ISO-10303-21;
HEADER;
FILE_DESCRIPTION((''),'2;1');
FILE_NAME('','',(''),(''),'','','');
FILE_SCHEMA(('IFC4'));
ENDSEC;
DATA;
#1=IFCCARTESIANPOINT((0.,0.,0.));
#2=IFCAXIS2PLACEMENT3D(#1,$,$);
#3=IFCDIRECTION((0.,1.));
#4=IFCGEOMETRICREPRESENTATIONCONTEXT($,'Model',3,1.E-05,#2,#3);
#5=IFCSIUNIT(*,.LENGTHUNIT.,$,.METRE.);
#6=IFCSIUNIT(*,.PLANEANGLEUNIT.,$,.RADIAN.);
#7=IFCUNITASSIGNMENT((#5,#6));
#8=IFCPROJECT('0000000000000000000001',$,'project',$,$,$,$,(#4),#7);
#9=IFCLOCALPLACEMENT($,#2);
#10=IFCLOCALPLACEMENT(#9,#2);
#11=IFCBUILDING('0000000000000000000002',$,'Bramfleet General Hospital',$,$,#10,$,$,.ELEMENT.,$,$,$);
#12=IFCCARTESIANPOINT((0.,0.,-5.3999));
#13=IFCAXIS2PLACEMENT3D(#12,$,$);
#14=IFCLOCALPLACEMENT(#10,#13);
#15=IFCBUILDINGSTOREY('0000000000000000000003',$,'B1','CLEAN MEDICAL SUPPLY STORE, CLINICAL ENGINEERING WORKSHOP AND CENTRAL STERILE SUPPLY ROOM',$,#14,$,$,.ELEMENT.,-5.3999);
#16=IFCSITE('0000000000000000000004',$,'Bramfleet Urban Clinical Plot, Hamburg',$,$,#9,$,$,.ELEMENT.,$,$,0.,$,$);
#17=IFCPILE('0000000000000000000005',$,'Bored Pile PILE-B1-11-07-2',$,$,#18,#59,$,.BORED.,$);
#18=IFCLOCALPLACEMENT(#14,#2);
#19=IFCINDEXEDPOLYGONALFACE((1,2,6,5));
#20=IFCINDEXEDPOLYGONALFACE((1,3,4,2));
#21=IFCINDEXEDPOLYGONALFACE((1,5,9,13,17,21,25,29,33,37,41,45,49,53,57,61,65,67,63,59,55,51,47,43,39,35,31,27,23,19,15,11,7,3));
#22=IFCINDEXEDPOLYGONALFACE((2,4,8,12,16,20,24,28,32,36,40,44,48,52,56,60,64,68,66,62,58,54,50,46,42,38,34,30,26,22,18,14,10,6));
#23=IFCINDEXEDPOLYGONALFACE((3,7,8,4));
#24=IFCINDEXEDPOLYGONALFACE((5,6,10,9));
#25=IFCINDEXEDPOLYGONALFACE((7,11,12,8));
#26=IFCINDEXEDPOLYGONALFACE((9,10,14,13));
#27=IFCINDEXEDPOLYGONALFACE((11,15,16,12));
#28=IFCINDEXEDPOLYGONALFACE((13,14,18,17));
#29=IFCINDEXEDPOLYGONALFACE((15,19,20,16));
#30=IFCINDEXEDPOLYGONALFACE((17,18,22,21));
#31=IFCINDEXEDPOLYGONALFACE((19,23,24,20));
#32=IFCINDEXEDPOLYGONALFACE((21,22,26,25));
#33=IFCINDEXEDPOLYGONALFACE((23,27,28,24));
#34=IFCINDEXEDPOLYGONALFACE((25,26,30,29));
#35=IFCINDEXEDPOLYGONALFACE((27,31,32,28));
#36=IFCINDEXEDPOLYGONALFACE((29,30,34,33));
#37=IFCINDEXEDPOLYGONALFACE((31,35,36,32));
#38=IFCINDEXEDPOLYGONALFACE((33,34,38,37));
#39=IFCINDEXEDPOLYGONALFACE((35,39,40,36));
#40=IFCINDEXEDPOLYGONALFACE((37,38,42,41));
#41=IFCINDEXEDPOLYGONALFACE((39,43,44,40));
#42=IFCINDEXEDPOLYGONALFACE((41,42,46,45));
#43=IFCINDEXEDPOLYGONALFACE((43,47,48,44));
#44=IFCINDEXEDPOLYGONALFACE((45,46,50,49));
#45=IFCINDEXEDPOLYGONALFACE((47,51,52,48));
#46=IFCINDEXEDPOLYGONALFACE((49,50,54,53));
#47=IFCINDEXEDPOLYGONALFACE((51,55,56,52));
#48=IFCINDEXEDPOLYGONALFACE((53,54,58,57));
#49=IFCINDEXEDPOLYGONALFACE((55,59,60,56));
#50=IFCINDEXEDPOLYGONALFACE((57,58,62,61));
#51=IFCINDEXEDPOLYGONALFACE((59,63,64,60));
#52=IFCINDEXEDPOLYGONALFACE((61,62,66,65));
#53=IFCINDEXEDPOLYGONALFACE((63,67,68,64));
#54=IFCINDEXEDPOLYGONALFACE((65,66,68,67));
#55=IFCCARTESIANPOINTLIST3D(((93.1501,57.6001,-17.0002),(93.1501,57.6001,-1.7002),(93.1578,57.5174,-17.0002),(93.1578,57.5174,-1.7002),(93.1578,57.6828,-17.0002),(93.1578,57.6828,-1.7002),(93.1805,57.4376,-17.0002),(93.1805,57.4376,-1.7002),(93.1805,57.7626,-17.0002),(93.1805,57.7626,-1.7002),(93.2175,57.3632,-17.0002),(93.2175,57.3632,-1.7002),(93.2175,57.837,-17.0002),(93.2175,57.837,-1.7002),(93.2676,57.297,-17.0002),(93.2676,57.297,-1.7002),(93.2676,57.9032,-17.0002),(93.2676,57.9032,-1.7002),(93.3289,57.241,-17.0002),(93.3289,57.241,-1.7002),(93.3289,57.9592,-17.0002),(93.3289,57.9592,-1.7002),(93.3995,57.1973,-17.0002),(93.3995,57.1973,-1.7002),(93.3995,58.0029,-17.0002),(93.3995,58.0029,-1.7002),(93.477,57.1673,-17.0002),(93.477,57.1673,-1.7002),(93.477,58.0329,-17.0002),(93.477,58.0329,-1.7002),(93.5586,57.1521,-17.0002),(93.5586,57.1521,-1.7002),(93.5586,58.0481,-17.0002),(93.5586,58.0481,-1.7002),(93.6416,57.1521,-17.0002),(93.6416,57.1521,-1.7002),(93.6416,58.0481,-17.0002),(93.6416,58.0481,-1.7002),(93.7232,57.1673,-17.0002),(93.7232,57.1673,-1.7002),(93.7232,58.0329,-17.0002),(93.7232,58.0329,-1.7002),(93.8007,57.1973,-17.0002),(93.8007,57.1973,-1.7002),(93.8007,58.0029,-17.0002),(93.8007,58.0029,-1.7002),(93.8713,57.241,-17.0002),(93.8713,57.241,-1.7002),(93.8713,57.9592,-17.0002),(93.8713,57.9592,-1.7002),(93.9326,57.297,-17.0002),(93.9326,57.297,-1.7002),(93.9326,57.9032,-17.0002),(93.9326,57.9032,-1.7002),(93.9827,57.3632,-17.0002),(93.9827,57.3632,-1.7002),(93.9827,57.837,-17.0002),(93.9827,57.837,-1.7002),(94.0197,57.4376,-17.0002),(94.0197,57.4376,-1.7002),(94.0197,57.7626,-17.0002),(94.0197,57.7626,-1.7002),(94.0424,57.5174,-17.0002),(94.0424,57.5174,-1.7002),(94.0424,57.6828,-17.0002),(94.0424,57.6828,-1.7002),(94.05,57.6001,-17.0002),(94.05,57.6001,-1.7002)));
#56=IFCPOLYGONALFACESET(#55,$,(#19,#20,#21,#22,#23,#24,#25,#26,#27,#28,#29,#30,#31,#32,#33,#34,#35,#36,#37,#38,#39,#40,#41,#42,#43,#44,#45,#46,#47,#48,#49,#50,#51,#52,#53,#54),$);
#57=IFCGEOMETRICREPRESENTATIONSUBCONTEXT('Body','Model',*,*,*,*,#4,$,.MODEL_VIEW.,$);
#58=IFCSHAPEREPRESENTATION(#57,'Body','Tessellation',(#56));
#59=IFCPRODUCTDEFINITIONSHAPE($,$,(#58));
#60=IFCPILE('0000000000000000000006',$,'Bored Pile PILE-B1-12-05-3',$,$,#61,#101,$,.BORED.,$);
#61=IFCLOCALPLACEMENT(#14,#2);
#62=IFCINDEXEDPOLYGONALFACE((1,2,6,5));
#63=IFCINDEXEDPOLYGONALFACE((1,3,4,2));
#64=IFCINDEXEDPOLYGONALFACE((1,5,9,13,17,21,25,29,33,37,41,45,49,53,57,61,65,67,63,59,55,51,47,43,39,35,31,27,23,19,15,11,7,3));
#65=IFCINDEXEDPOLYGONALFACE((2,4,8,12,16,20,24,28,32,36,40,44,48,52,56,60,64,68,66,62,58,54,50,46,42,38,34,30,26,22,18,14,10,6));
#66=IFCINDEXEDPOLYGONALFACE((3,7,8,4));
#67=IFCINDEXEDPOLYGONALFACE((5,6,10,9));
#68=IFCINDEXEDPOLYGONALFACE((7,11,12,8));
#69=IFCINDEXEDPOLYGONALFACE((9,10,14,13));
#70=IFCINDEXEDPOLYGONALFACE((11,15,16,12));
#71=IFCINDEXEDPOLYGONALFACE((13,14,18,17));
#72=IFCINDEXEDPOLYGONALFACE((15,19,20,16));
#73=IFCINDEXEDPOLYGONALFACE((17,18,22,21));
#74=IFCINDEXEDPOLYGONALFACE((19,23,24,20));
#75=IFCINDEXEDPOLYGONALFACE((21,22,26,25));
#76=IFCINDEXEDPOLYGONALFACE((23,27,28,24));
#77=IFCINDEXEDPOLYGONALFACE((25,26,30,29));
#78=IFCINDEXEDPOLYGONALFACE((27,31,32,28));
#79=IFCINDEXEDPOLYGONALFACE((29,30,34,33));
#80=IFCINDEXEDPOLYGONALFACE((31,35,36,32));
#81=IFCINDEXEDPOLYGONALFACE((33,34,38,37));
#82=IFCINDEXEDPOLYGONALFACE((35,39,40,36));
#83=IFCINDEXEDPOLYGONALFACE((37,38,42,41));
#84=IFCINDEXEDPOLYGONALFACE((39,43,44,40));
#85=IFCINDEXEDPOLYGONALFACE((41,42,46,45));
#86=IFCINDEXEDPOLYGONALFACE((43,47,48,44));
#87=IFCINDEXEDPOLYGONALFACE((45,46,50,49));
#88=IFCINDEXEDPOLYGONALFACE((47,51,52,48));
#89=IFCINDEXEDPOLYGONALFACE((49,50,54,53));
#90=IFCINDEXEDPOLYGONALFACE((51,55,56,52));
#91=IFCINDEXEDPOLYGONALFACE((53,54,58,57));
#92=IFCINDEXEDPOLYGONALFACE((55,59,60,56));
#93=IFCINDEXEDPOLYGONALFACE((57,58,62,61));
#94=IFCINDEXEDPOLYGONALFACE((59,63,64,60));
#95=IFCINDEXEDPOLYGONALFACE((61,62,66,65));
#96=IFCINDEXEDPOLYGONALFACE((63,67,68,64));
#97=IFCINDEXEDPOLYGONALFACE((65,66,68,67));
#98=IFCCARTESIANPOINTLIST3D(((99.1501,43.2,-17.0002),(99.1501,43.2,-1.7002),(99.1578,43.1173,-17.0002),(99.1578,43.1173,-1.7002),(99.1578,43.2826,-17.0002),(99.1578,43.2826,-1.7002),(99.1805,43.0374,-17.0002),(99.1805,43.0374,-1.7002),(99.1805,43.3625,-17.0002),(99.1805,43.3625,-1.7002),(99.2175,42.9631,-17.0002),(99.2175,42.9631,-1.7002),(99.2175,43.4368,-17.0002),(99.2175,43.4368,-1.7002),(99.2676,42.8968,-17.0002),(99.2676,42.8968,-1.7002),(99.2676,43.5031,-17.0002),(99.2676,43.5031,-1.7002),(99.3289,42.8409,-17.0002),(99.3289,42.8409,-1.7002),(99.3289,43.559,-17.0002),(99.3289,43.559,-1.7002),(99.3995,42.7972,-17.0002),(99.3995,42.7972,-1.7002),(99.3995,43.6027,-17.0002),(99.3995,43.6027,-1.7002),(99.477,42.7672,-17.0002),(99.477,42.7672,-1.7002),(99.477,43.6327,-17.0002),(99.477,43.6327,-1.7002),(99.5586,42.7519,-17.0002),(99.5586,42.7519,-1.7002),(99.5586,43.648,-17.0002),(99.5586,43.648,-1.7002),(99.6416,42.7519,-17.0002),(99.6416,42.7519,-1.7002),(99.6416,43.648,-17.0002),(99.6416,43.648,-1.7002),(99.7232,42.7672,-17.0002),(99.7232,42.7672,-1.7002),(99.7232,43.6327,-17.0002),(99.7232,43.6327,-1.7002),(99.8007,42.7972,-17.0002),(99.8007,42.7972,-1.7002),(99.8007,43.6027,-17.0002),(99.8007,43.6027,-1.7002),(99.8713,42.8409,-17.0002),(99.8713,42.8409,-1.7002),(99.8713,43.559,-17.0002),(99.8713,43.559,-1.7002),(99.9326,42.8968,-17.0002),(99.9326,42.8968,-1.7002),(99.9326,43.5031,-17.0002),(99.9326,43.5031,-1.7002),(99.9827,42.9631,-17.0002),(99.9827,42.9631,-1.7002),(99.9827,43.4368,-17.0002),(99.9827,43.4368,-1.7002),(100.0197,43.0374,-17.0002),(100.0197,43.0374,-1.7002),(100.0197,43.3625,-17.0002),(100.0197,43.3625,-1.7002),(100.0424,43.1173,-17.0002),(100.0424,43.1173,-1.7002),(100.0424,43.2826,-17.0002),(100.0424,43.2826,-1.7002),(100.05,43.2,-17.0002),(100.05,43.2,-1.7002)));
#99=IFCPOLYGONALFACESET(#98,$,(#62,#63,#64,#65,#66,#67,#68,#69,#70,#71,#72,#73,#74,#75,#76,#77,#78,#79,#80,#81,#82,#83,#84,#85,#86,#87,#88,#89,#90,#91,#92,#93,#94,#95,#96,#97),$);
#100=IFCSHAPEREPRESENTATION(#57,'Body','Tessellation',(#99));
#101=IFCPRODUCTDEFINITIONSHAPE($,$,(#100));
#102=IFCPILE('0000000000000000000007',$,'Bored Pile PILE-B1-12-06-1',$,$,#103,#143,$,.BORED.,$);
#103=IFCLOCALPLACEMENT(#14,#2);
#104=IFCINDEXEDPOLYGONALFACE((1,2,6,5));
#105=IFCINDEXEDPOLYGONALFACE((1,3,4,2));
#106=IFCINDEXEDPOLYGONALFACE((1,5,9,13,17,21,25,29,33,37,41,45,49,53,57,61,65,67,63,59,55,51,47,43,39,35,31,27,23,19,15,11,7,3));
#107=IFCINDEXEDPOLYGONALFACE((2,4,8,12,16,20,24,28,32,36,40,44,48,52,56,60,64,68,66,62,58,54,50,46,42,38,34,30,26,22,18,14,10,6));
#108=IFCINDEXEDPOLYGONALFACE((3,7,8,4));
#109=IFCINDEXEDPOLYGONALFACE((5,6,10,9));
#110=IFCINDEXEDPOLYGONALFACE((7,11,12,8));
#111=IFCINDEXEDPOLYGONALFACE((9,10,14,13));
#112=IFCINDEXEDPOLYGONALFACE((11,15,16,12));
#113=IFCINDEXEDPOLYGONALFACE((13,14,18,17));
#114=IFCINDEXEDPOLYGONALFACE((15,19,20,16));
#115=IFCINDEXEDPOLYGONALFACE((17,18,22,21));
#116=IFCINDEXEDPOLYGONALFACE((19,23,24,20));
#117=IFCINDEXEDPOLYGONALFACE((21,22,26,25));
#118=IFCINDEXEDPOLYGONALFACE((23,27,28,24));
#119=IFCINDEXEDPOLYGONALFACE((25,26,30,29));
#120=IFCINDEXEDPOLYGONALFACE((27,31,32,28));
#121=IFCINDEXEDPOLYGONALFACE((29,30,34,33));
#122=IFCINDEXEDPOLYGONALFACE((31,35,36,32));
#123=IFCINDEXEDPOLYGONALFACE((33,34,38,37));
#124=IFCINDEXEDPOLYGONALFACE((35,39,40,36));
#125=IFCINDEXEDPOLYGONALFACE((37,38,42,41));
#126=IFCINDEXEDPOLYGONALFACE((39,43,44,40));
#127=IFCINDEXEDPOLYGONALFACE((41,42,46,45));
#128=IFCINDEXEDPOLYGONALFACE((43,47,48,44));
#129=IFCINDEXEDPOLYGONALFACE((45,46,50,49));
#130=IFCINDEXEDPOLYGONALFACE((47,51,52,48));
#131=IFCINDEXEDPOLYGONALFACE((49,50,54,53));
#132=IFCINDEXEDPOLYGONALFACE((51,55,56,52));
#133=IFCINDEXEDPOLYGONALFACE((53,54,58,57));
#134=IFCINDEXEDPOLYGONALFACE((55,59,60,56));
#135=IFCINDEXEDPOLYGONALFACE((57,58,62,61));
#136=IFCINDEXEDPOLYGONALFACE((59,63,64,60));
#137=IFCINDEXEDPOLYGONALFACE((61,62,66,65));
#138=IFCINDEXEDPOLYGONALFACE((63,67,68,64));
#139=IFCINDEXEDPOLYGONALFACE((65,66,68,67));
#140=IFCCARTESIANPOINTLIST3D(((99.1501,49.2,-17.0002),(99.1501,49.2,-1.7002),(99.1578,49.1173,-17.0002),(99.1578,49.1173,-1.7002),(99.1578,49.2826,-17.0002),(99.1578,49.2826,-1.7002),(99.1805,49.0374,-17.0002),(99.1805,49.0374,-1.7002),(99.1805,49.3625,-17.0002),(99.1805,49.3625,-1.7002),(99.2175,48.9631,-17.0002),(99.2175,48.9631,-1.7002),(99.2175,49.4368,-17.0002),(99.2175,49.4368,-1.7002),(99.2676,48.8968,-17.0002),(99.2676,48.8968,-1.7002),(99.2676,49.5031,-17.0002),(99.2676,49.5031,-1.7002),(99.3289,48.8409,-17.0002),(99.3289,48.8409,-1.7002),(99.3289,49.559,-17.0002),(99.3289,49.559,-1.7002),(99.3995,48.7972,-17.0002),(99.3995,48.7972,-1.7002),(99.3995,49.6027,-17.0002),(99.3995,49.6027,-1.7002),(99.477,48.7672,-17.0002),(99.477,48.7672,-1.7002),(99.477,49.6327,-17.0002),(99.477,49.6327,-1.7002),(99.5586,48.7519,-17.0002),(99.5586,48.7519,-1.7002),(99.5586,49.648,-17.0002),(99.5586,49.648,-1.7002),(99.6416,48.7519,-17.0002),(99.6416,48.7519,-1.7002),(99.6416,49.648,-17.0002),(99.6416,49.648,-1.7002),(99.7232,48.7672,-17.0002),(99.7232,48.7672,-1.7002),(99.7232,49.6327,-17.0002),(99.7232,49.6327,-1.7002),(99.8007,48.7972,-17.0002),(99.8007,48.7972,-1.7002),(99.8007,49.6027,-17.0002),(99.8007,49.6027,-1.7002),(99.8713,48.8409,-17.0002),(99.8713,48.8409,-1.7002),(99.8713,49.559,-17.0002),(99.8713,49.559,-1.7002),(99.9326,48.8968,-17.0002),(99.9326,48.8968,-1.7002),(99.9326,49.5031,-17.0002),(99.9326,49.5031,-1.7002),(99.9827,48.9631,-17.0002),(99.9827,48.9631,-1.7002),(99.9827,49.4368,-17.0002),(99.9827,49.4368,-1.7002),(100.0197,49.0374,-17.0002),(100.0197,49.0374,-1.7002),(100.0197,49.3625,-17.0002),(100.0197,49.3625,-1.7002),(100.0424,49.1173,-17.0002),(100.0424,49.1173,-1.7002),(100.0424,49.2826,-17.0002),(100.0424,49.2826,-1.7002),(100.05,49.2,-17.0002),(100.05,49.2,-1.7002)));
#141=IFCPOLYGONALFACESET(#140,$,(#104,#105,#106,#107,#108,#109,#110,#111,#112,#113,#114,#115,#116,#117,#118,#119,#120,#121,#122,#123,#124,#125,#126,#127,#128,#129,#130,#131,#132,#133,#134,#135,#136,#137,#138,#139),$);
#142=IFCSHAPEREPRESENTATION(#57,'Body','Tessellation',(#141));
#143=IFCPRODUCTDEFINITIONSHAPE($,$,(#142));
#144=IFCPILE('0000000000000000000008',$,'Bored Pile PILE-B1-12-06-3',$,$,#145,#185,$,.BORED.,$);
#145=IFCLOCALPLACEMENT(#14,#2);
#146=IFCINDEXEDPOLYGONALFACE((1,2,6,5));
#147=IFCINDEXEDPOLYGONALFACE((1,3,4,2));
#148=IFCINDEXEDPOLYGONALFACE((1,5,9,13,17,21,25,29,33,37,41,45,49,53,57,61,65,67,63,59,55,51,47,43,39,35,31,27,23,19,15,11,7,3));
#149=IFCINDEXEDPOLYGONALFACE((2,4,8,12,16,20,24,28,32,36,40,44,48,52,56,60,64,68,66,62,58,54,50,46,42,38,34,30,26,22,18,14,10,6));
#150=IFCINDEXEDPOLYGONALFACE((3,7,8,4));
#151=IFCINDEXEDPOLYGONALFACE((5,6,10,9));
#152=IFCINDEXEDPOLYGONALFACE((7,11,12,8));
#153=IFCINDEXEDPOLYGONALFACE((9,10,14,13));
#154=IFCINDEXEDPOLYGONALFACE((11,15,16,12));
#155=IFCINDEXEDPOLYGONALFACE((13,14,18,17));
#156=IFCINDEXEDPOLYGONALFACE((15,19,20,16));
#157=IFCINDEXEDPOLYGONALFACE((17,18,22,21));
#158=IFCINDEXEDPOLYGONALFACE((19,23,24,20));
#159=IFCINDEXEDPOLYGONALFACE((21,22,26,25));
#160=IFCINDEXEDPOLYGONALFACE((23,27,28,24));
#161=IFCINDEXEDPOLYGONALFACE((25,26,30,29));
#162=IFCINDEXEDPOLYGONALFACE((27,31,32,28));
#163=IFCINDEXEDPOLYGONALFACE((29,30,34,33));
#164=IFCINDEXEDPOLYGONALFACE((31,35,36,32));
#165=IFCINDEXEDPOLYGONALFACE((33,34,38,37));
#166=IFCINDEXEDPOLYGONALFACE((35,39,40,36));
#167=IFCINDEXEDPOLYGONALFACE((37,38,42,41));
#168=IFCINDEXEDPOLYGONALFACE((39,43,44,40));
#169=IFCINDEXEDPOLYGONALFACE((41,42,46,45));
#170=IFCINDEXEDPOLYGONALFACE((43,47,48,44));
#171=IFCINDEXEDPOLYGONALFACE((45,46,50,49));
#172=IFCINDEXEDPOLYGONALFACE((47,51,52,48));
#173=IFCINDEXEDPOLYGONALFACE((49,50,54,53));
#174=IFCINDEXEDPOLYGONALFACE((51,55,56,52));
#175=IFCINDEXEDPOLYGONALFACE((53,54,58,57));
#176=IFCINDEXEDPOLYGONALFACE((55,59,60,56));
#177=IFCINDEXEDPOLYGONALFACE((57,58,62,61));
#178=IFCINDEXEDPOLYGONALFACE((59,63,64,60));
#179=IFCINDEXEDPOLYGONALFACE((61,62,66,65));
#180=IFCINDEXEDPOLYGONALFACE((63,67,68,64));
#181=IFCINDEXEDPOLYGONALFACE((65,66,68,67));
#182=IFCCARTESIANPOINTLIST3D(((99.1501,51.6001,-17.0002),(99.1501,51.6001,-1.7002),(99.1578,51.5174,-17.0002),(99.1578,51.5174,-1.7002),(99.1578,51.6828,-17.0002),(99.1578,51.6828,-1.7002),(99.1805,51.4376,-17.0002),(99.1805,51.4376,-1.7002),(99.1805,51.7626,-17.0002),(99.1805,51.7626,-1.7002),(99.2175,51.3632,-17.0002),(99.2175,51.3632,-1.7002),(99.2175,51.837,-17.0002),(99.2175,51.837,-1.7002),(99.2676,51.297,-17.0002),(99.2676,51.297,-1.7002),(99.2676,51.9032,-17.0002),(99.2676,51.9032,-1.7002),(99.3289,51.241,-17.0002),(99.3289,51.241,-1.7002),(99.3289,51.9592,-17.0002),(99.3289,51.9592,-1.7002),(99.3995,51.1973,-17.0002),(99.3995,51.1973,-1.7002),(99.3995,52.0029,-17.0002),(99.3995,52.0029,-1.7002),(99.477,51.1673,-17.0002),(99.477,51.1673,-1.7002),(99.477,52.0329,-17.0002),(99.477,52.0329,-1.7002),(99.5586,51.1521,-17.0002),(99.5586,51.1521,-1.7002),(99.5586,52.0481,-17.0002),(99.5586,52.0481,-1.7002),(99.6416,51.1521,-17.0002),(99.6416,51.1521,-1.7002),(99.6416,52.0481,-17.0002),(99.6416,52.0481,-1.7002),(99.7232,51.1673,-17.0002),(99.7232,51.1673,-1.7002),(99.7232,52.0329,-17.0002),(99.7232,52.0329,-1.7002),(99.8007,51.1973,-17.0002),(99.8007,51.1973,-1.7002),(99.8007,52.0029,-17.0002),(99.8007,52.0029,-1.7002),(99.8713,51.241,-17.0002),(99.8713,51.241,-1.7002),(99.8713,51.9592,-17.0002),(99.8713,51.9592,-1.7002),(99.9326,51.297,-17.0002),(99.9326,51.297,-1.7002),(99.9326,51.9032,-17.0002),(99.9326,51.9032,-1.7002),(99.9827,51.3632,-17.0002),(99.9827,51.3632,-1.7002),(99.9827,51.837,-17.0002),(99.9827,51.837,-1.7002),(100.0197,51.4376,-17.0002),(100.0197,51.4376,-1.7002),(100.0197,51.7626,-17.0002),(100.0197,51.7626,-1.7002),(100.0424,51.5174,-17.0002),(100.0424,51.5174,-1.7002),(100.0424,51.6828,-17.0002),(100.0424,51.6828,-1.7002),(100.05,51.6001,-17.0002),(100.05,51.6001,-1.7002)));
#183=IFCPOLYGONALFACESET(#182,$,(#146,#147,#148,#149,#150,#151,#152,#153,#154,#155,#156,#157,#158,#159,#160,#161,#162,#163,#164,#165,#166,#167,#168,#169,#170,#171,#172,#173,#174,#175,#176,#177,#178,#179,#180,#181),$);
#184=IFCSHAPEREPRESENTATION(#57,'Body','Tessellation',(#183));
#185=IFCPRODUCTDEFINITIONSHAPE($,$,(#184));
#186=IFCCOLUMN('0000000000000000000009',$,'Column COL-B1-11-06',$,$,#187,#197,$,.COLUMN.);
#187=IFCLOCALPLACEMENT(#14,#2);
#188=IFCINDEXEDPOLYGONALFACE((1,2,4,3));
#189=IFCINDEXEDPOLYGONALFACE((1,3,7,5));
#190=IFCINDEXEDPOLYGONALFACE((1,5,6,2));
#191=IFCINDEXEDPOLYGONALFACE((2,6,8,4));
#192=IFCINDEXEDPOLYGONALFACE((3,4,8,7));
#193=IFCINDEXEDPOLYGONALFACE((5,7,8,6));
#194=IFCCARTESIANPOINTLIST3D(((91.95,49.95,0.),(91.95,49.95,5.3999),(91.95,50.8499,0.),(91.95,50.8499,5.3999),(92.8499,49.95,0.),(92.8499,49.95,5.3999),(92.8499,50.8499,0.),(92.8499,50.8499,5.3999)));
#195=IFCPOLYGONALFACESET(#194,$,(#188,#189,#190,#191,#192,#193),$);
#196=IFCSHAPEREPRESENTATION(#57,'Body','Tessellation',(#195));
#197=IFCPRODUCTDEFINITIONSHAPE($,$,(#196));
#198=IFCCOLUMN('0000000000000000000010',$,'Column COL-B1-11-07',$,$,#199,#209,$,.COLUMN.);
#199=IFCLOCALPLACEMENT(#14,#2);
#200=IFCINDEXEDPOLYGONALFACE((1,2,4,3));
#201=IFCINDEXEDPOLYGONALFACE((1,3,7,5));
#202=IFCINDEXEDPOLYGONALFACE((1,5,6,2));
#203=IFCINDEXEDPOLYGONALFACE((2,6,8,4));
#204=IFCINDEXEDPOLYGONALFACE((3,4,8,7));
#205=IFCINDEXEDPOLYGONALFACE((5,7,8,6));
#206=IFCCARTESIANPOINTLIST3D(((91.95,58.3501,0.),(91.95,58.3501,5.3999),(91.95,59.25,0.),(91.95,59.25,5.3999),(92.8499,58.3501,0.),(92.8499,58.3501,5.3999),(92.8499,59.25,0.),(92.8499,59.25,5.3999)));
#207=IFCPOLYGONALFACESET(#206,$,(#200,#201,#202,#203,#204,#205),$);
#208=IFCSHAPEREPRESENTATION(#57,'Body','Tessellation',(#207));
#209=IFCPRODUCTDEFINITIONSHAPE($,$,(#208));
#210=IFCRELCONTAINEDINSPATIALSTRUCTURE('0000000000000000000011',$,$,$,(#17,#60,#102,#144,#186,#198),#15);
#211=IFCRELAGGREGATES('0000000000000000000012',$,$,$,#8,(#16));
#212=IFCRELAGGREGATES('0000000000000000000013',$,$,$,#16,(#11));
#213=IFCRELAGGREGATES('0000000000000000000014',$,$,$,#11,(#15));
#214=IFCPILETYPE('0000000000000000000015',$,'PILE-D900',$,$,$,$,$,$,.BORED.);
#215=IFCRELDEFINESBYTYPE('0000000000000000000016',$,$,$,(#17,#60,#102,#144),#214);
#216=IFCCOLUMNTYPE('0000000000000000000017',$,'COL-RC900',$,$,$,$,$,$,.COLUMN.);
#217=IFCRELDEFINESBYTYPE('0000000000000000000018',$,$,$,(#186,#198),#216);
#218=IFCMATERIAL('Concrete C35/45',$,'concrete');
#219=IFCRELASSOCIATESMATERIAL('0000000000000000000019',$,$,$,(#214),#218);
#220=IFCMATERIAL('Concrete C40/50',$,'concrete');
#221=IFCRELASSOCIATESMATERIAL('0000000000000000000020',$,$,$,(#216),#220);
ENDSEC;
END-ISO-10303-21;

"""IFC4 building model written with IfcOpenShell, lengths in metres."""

from ifc_helpers import new_model, si_unit, direction, frame, origin, origin_2d, place, context, subcontext, project, spatial, rectangle, circle, extrude, material, material_profile, profile_set, type_object, element, save


model = new_model("IFC4")

# Units and contexts
model_context = context("Model", 3, precision=1e-05, world=origin(), true_north=direction((0.0, 1.0)))
body_context = subcontext(model_context, "Body", "Model", "MODEL_VIEW")
ifc_project = project(units=[si_unit("LENGTHUNIT", "METRE"), si_unit("PLANEANGLEUNIT", "RADIAN")], contexts=[model_context])

# Site, building, storey
site_placement = place(None, origin())
site = spatial("IfcSite", under=ifc_project, at=site_placement, Name="Bramfleet Urban Clinical Plot, Hamburg", CompositionType="ELEMENT", RefElevation=0.0)
building_placement = place(site_placement, origin())
building = spatial("IfcBuilding", under=site, at=building_placement, Name="Bramfleet General Hospital", CompositionType="ELEMENT")
storey_placement = place(building_placement, frame((0.0, 0.0, -5.3999)))
storey = spatial("IfcBuildingStorey", under=building, at=storey_placement, Name="B1", Description="CLEAN MEDICAL SUPPLY STORE, CLINICAL ENGINEERING WORKSHOP AND CENTRAL STERILE SUPPLY ROOM", CompositionType="ELEMENT", Elevation=-5.3999)

# Shared definitions
ifc_material_1 = material(Name="Concrete C35/45", Category="concrete")

# Piles
ifc_material_profile_1 = material_profile(ifc_material_1, circle(Radius=0.45, at=origin_2d()), Name="PILE BORED D900")
ifc_profile_set_1 = profile_set([ifc_material_profile_1], Name="Concrete C35/45")
pile_type = type_object("IfcPileType", Name="PILE-D900", PredefinedType="BORED", material=ifc_profile_set_1)
for number, where, z_axis, x_axis, name in (
    (1, (93.6001, 57.6001, -1.7002), (0.0, 0.0, -1.0), (1.0, 0.0, 0.0), "Bored Pile PILE-B1-11-07-2"),
    (2, (99.6001, 43.2, -1.7002), (0.0, 0.0, -1.0), (1.0, 0.0, 0.0), "Bored Pile PILE-B1-12-05-3"),
    (3, (99.6001, 49.2, -1.7002), (0.0, 0.0, -1.0), (1.0, 0.0, 0.0), "Bored Pile PILE-B1-12-06-1"),
    (4, (99.6001, 51.6001, -1.7002), (0.0, 0.0, -1.0), (1.0, 0.0, 0.0), "Bored Pile PILE-B1-12-06-3"),
):
    element("IfcPile", number, at=place(storey_placement, frame(where, z_axis=z_axis, x_axis=x_axis)), inside=storey, type_object=pile_type, Name=name, PredefinedType="BORED", context=body_context, shape_type="SweptSolid", body=[
        extrude(circle(Radius=0.45, at=origin_2d()), origin(), (0.0, 0.0, 1.0), 15.3),
    ])

# Columns
ifc_material_2 = material(Name="Concrete C40/50", Category="concrete")
ifc_material_profile_2 = material_profile(ifc_material_2, rectangle(XDim=0.8999, YDim=0.8999, at=origin_2d()), Name="RC COL 900x900")
ifc_profile_set_2 = profile_set([ifc_material_profile_2], Name="Concrete C40/50")
column_type = type_object("IfcColumnType", Name="COL-RC900", PredefinedType="COLUMN", material=ifc_profile_set_2)
for number, where, z_axis, x_axis, name in (
    (5, (92.3999, 50.3999, 0.0), (0.0, 0.0, 1.0), (1.0, 0.0, 0.0), "Column COL-B1-11-06"),
    (6, (92.3999, 58.8, 0.0), (0.0, 0.0, 1.0), (1.0, 0.0, 0.0), "Column COL-B1-11-07"),
):
    element("IfcColumn", number, at=place(storey_placement, frame(where, z_axis=z_axis, x_axis=x_axis)), inside=storey, type_object=column_type, Name=name, PredefinedType="COLUMN", context=body_context, shape_type="SweptSolid", body=[
        extrude(rectangle(XDim=0.8999, YDim=0.8999, at=origin_2d()), origin(), (0.0, 0.0, 1.0), 5.3999),
    ])

save(model, "model.ifc")
